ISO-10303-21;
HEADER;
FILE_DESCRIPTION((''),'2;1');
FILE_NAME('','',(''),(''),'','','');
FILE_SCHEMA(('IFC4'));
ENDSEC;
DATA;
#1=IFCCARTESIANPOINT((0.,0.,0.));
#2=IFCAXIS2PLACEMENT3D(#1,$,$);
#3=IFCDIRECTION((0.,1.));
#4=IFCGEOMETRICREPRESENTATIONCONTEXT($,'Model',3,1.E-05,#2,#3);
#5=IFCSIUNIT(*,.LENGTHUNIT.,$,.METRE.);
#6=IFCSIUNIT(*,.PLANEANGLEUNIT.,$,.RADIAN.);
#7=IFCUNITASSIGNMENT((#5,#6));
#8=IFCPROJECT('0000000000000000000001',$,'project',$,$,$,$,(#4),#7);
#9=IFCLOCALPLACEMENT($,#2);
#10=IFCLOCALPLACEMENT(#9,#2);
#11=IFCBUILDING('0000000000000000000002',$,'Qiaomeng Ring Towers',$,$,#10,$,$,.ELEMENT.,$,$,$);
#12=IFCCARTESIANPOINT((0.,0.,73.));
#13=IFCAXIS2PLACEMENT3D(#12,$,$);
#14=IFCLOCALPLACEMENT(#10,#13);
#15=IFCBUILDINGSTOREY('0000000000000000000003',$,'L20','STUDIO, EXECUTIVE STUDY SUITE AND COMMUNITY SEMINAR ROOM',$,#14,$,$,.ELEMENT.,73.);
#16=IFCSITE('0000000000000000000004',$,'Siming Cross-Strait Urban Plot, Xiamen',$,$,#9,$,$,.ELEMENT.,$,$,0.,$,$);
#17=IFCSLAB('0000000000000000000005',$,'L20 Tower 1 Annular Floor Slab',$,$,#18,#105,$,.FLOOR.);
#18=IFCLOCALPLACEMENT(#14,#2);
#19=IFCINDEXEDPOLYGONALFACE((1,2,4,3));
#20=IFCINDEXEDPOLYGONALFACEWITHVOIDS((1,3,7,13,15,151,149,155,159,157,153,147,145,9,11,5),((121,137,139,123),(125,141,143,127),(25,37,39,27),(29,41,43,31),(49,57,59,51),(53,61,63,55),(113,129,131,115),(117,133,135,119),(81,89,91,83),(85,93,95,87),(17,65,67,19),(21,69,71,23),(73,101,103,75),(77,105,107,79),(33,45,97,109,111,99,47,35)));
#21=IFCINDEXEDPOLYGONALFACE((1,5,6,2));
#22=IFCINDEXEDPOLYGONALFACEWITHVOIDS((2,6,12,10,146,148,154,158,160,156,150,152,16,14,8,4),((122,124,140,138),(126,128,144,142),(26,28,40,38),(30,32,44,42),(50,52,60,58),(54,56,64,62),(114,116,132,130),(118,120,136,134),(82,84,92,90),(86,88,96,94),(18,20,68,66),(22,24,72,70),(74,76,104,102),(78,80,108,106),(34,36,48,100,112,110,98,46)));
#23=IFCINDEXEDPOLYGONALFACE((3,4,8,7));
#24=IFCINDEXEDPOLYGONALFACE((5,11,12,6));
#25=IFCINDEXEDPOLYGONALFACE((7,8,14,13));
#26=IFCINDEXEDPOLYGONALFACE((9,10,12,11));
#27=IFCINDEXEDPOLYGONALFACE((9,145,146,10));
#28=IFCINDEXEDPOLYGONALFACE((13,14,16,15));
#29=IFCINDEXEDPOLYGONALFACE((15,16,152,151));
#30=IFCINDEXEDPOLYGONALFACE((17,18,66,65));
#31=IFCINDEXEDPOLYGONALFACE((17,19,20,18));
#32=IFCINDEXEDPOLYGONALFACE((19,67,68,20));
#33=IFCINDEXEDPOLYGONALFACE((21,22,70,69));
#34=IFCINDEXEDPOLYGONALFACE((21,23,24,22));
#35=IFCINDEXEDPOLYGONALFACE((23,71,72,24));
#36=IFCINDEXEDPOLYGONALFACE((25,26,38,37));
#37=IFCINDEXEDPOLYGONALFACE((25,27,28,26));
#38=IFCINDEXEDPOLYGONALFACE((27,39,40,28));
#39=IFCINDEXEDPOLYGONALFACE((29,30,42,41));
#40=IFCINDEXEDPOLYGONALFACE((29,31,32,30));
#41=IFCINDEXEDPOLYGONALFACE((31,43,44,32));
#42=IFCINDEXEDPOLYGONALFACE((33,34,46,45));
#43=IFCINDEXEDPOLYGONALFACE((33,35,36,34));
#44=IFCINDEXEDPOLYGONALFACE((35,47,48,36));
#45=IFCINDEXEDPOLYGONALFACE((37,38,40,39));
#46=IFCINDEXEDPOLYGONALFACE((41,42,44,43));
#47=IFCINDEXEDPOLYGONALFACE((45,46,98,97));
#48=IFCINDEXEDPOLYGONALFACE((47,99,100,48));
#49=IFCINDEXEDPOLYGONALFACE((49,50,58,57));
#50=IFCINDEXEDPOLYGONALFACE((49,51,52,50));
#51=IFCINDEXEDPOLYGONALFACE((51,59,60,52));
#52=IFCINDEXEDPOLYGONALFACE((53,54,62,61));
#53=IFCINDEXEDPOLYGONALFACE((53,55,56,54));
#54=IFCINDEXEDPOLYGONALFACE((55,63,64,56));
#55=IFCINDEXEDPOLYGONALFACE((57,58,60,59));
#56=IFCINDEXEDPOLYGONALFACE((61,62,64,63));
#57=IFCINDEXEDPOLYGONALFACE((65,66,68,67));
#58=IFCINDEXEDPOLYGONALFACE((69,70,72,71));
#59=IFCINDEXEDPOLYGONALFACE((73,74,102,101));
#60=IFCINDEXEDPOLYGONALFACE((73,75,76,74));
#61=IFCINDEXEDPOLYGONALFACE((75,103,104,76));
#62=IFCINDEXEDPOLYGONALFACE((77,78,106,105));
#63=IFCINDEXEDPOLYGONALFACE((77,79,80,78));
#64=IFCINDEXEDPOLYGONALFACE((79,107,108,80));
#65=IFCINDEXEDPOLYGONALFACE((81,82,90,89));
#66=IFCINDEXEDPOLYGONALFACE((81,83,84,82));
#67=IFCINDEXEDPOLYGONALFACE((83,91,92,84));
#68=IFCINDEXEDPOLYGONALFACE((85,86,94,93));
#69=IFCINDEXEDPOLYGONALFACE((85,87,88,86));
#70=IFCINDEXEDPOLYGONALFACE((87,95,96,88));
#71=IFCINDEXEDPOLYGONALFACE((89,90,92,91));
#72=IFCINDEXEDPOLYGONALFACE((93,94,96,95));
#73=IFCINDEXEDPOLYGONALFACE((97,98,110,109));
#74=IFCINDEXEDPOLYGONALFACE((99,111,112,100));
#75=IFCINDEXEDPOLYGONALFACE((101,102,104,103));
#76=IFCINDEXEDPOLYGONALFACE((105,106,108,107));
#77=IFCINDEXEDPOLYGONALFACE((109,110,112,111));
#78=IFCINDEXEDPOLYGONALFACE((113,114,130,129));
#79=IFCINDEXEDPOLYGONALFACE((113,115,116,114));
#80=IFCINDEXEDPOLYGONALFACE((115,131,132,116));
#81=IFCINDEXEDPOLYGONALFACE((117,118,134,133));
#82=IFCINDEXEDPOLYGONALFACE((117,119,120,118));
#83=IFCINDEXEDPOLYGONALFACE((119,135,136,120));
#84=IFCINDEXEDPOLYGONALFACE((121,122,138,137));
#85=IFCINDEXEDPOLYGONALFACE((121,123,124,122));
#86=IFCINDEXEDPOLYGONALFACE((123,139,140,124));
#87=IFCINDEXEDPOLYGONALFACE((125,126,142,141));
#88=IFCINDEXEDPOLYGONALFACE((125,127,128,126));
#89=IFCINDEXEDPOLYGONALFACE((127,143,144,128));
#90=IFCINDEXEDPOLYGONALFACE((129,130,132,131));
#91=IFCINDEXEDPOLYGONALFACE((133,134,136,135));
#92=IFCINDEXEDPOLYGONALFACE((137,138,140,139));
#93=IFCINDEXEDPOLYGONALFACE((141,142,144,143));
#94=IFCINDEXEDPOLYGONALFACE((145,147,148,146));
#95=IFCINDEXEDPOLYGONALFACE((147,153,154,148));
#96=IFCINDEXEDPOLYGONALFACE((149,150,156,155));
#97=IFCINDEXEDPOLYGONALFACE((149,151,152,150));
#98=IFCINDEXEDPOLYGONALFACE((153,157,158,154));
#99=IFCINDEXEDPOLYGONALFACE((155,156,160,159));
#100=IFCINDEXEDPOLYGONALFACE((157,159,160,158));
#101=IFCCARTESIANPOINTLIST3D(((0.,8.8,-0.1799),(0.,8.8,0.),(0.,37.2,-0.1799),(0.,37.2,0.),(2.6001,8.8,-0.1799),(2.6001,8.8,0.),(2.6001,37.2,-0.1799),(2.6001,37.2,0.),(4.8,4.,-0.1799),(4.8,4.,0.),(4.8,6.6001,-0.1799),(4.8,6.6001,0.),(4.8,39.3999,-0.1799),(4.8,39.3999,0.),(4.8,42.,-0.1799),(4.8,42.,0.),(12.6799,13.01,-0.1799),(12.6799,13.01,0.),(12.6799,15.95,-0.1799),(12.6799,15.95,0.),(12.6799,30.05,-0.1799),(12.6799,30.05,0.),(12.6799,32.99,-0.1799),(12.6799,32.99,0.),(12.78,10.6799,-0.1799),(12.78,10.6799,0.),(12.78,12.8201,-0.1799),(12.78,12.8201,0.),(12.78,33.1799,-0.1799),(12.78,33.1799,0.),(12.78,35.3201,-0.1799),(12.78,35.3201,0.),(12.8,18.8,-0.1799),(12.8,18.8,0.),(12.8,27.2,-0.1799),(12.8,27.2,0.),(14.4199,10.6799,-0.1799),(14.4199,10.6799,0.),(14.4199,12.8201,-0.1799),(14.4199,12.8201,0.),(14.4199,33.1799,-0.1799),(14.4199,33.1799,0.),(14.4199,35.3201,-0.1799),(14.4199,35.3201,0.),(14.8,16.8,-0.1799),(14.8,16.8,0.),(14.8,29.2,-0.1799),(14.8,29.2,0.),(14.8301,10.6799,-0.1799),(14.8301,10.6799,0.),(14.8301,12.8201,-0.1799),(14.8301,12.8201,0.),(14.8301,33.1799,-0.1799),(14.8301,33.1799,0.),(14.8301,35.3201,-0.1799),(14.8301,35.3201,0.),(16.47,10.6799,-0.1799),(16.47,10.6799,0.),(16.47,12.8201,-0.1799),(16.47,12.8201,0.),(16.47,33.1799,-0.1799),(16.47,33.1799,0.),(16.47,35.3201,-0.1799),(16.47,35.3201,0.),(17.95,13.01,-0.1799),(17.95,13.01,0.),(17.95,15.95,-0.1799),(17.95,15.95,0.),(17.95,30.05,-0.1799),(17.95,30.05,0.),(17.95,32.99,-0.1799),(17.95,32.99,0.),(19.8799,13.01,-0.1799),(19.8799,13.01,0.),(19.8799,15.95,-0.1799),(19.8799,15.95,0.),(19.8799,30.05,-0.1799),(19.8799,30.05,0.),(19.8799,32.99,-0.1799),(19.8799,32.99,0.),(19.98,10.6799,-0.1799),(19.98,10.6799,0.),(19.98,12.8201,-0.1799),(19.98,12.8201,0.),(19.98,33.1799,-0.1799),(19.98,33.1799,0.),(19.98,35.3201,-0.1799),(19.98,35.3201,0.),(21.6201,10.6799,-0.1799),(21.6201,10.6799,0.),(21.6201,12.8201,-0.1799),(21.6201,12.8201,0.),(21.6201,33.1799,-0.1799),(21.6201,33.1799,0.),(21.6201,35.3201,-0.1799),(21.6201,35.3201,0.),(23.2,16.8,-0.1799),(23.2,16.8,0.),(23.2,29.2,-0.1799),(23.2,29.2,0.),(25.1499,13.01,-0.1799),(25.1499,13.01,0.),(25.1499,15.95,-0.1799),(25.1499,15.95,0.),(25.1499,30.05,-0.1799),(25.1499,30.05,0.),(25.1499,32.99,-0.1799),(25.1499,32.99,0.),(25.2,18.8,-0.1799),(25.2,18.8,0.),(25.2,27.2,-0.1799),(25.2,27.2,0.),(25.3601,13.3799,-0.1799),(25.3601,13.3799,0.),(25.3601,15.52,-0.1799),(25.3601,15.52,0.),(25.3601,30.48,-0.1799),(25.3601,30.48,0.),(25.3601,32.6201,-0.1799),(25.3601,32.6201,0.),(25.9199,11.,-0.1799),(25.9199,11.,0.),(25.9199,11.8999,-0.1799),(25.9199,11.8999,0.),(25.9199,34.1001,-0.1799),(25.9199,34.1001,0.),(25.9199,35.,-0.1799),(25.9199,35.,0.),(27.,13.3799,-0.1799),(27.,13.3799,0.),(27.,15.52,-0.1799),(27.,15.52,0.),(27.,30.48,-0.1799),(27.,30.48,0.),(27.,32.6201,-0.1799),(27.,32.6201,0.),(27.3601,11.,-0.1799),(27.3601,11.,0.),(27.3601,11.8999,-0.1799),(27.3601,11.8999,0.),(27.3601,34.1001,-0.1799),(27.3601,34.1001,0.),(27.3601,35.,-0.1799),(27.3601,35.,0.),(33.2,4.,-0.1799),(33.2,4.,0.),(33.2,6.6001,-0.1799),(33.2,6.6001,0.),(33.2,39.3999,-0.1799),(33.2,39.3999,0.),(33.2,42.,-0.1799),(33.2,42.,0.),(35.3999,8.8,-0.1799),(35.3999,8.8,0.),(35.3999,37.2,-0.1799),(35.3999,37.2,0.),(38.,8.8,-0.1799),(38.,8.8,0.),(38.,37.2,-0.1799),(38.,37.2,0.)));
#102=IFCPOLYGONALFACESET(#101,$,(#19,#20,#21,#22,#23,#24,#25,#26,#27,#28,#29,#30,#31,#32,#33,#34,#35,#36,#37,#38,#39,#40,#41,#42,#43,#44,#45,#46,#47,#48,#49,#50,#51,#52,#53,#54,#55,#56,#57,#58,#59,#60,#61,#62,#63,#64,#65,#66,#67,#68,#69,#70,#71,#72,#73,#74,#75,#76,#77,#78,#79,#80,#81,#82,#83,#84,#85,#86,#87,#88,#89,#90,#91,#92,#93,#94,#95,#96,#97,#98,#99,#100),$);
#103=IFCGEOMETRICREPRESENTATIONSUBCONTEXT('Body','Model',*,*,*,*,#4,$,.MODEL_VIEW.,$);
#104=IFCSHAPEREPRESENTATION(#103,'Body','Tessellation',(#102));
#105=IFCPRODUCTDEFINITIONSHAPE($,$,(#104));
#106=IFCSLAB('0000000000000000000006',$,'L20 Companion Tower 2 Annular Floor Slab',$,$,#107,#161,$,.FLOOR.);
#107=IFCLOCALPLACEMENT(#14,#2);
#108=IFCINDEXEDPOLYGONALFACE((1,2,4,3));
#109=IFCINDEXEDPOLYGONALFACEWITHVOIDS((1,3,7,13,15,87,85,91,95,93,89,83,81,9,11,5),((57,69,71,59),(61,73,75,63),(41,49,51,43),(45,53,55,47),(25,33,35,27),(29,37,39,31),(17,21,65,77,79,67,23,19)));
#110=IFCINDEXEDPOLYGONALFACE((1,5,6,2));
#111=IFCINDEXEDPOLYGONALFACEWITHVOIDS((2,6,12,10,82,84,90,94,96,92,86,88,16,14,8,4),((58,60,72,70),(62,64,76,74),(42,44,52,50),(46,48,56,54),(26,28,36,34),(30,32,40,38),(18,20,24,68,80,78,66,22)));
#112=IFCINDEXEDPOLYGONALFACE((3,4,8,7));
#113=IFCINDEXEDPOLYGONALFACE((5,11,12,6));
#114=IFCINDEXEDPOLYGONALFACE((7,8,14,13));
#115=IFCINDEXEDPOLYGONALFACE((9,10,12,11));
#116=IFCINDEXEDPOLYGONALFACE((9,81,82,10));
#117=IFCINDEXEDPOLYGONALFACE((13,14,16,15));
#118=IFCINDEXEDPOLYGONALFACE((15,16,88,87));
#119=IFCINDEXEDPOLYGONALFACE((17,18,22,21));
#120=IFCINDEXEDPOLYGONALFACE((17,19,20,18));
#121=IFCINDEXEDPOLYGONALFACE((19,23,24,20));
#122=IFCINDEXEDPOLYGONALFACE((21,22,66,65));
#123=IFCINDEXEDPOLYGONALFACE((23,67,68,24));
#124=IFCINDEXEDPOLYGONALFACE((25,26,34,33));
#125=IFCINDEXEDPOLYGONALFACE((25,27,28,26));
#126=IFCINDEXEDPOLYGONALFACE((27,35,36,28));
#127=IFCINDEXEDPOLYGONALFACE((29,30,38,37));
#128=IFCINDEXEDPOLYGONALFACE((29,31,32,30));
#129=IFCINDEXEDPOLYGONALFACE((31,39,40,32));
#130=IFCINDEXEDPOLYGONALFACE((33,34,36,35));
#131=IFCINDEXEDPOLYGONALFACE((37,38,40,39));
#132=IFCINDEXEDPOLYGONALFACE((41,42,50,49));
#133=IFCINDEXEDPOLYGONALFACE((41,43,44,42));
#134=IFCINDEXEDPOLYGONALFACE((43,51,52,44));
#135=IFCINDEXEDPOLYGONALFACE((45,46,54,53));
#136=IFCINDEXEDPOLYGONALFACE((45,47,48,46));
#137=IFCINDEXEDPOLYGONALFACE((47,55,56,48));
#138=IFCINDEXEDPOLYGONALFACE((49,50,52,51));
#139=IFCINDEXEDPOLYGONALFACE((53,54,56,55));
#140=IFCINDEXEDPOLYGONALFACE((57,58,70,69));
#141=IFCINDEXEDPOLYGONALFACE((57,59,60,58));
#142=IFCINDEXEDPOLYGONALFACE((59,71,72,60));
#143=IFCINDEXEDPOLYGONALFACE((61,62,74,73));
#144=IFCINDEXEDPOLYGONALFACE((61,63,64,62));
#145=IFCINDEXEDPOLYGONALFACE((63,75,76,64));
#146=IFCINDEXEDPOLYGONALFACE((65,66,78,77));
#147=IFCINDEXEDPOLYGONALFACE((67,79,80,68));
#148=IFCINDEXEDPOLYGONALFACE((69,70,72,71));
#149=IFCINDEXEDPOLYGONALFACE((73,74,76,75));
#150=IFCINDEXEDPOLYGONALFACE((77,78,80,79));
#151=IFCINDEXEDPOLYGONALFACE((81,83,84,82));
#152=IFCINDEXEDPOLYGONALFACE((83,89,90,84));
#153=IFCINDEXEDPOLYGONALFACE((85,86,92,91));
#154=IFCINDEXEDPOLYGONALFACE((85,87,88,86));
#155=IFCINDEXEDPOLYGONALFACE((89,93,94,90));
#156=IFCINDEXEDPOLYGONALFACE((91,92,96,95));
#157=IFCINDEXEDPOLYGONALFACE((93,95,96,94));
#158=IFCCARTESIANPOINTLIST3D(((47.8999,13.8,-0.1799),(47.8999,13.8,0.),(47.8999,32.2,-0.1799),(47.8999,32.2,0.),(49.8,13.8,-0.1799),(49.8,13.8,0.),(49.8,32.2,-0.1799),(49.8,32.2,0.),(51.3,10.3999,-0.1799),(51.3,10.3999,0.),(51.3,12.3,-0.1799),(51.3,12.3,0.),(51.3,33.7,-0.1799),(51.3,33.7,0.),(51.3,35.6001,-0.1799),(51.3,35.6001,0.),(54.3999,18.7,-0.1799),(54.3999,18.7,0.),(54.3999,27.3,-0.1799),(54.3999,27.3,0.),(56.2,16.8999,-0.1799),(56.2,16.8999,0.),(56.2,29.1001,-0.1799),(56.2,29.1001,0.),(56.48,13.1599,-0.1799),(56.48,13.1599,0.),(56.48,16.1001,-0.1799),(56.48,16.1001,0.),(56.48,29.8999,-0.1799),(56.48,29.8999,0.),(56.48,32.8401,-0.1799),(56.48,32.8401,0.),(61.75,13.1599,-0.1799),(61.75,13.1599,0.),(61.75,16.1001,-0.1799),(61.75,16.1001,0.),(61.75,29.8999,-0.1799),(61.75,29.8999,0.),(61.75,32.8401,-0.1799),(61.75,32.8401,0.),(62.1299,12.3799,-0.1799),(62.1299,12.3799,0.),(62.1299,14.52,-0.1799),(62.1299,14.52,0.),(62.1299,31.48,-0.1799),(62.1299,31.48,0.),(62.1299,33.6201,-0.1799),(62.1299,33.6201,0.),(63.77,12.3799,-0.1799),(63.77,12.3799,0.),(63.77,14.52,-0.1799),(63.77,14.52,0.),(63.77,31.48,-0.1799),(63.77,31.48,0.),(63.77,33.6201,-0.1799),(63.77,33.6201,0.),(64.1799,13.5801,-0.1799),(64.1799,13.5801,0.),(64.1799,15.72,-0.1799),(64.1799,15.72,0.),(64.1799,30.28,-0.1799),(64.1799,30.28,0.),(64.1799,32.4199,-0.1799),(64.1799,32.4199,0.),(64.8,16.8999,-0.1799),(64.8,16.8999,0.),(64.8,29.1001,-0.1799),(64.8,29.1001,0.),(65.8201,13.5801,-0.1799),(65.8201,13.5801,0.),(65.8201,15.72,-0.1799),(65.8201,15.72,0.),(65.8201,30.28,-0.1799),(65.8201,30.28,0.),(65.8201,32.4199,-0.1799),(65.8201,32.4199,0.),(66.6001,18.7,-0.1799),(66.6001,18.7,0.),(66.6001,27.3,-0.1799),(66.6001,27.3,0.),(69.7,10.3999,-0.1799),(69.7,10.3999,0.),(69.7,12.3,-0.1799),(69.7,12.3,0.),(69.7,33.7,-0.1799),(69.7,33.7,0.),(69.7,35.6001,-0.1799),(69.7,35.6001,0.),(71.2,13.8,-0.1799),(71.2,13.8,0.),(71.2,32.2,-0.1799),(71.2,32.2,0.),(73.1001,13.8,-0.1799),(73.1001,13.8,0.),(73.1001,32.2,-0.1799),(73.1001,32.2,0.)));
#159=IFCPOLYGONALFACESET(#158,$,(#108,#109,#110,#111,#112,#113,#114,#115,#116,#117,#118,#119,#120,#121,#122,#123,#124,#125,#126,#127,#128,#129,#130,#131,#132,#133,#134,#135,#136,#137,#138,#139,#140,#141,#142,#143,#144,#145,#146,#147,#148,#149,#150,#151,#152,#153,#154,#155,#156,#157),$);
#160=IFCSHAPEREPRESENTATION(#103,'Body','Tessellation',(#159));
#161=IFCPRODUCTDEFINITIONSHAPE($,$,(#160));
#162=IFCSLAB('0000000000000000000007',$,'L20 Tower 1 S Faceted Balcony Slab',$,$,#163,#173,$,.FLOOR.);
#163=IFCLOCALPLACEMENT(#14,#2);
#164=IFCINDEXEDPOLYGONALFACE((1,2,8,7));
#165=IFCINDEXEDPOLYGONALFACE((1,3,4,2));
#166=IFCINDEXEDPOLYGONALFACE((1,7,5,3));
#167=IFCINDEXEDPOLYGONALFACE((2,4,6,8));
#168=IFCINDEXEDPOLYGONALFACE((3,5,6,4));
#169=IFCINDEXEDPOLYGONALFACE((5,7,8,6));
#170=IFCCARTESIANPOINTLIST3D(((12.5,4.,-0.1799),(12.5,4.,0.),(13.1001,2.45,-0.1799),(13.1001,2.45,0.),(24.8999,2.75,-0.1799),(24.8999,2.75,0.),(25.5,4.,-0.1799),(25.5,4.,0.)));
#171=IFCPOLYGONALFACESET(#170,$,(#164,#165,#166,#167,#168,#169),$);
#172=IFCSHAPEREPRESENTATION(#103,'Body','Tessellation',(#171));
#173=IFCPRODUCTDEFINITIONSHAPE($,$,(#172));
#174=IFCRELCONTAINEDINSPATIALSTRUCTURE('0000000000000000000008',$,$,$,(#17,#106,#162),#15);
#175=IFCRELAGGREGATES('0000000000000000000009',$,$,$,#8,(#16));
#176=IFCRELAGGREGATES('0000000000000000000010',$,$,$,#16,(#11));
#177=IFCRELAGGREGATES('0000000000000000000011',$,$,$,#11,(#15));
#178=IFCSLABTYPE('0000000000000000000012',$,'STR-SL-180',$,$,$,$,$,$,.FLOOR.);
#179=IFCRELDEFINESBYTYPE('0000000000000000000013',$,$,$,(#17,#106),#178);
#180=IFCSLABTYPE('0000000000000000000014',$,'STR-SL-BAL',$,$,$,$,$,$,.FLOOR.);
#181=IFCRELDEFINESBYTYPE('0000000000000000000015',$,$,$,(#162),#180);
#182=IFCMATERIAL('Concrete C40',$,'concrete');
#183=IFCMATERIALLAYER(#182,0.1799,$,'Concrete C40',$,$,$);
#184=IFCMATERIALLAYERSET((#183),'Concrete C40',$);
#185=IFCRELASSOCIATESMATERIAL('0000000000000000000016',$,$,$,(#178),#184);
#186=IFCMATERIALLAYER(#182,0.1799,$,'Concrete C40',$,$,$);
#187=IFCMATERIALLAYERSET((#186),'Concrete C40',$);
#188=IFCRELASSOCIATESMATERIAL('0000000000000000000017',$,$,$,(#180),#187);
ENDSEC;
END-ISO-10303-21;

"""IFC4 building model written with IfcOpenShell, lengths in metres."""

from ifc_helpers import new_model, si_unit, direction, frame, origin, place, context, subcontext, project, spatial, polyline, outline, extrude, material, layer, layer_set, type_object, element, save


model = new_model("IFC4")

# Units and contexts
model_context = context("Model", 3, precision=1e-05, world=origin(), true_north=direction((0.0, 1.0)))
body_context = subcontext(model_context, "Body", "Model", "MODEL_VIEW")
ifc_project = project(units=[si_unit("LENGTHUNIT", "METRE"), si_unit("PLANEANGLEUNIT", "RADIAN")], contexts=[model_context])

# Site, building, storey
site_placement = place(None, origin())
site = spatial("IfcSite", under=ifc_project, at=site_placement, Name="Siming Cross-Strait Urban Plot, Xiamen", CompositionType="ELEMENT", RefElevation=0.0)
building_placement = place(site_placement, origin())
building = spatial("IfcBuilding", under=site, at=building_placement, Name="Qiaomeng Ring Towers", CompositionType="ELEMENT")
storey_placement = place(building_placement, frame((0.0, 0.0, 73.0)))
storey = spatial("IfcBuildingStorey", under=building, at=storey_placement, Name="L20", Description="STUDIO, EXECUTIVE STUDY SUITE AND COMMUNITY SEMINAR ROOM", CompositionType="ELEMENT", Elevation=73.0)

# Slabs
ifc_material_1 = material(Name="Concrete C40", Category="concrete")
ifc_layer_1 = layer(ifc_material_1, 0.1799, Name="Concrete C40")
ifc_layer_set_1 = layer_set([ifc_layer_1], Name="Concrete C40")
slab_type_1 = type_object("IfcSlabType", Name="STR-SL-180", PredefinedType="FLOOR", material=ifc_layer_set_1)
slab_1_placement = place(storey_placement, frame((0.0, 0.0, -0.1799)))
element("IfcSlab", 1, at=slab_1_placement, inside=storey, type_object=slab_type_1, Name="L20 Tower 1 Annular Floor Slab", PredefinedType="FLOOR", context=body_context, shape_type="SweptSolid", body=[
    extrude(outline(polyline([(4.8, 4.0), (33.2, 4.0), (33.2, 6.6001), (35.3999, 8.8), (38.0, 8.8), (38.0, 37.2), (35.3999, 37.2), (33.2, 39.3999), (33.2, 42.0), (4.8, 42.0), (4.8, 39.3999), (2.6001, 37.2), (0.0, 37.2), (0.0, 8.8), (2.6001, 8.8), (4.8, 6.6001), (4.8, 4.0)]), holes=[polyline([(12.78, 10.6799), (12.78, 12.8201), (14.4199, 12.8201), (14.4199, 10.6799), (12.78, 10.6799)]), polyline([(14.8301, 12.8201), (16.47, 12.8201), (16.47, 10.6799), (14.8301, 10.6799), (14.8301, 12.8201)]), polyline([(12.6799, 15.95), (17.95, 15.95), (17.95, 13.01), (12.6799, 13.01), (12.6799, 15.95)]), polyline([(25.2, 27.2), (25.2, 18.8), (23.2, 16.8), (14.8, 16.8), (12.8, 18.8), (12.8, 27.2), (14.8, 29.2), (23.2, 29.2), (25.2, 27.2)]), polyline([(12.6799, 32.99), (17.95, 32.99), (17.95, 30.05), (12.6799, 30.05), (12.6799, 32.99)]), polyline([(12.78, 35.3201), (14.4199, 35.3201), (14.4199, 33.1799), (12.78, 33.1799), (12.78, 35.3201)]), polyline([(14.8301, 35.3201), (16.47, 35.3201), (16.47, 33.1799), (14.8301, 33.1799), (14.8301, 35.3201)]), polyline([(19.98, 35.3201), (21.6201, 35.3201), (21.6201, 33.1799), (19.98, 33.1799), (19.98, 35.3201)]), polyline([(25.9199, 11.8999), (27.3601, 11.8999), (27.3601, 11.0), (25.9199, 11.0), (25.9199, 11.8999)]), polyline([(19.98, 12.8201), (21.6201, 12.8201), (21.6201, 10.6799), (19.98, 10.6799), (19.98, 12.8201)]), polyline([(25.3601, 15.52), (27.0, 15.52), (27.0, 13.3799), (25.3601, 13.3799), (25.3601, 15.52)]), polyline([(19.8799, 15.95), (25.1499, 15.95), (25.1499, 13.01), (19.8799, 13.01), (19.8799, 15.95)]), polyline([(19.8799, 32.99), (25.1499, 32.99), (25.1499, 30.05), (19.8799, 30.05), (19.8799, 32.99)]), polyline([(25.3601, 32.6201), (27.0, 32.6201), (27.0, 30.48), (25.3601, 30.48), (25.3601, 32.6201)]), polyline([(25.9199, 35.0), (27.3601, 35.0), (27.3601, 34.1001), (25.9199, 34.1001), (25.9199, 35.0)])]), origin(), (0.0, 0.0, 1.0), 0.1799),
])
slab_2_placement = place(storey_placement, frame((0.0, 0.0, -0.1799)))
element("IfcSlab", 2, at=slab_2_placement, inside=storey, type_object=slab_type_1, Name="L20 Companion Tower 2 Annular Floor Slab", PredefinedType="FLOOR", context=body_context, shape_type="SweptSolid", body=[
    extrude(outline(polyline([(51.3, 10.3999), (69.7, 10.3999), (69.7, 12.3), (71.2, 13.8), (73.1001, 13.8), (73.1001, 32.2), (71.2, 32.2), (69.7, 33.7), (69.7, 35.6001), (51.3, 35.6001), (51.3, 33.7), (49.8, 32.2), (47.8999, 32.2), (47.8999, 13.8), (49.8, 13.8), (51.3, 12.3), (51.3, 10.3999)]), holes=[polyline([(62.1299, 12.3799), (62.1299, 14.52), (63.77, 14.52), (63.77, 12.3799), (62.1299, 12.3799)]), polyline([(56.48, 13.1599), (56.48, 16.1001), (61.75, 16.1001), (61.75, 13.1599), (56.48, 13.1599)]), polyline([(64.1799, 13.5801), (64.1799, 15.72), (65.8201, 15.72), (65.8201, 13.5801), (64.1799, 13.5801)]), polyline([(64.8, 29.1001), (66.6001, 27.3), (66.6001, 18.7), (64.8, 16.8999), (56.2, 16.8999), (54.3999, 18.7), (54.3999, 27.3), (56.2, 29.1001), (64.8, 29.1001)]), polyline([(64.1799, 30.28), (64.1799, 32.4199), (65.8201, 32.4199), (65.8201, 30.28), (64.1799, 30.28)]), polyline([(56.48, 32.8401), (61.75, 32.8401), (61.75, 29.8999), (56.48, 29.8999), (56.48, 32.8401)]), polyline([(62.1299, 33.6201), (63.77, 33.6201), (63.77, 31.48), (62.1299, 31.48), (62.1299, 33.6201)])]), origin(), (0.0, 0.0, 1.0), 0.1799),
])
ifc_layer_2 = layer(ifc_material_1, 0.1799, Name="Concrete C40")
ifc_layer_set_2 = layer_set([ifc_layer_2], Name="Concrete C40")
slab_type_2 = type_object("IfcSlabType", Name="STR-SL-BAL", PredefinedType="FLOOR", material=ifc_layer_set_2)
slab_3_placement = place(storey_placement, frame((0.0, 0.0, -0.1799)))
element("IfcSlab", 3, at=slab_3_placement, inside=storey, type_object=slab_type_2, Name="L20 Tower 1 S Faceted Balcony Slab", PredefinedType="FLOOR", context=body_context, shape_type="SweptSolid", body=[
    extrude(outline(polyline([(24.8999, 2.75), (13.1001, 2.45), (12.5, 4.0), (25.5, 4.0), (24.8999, 2.75)])), origin(), (0.0, 0.0, 1.0), 0.1799),
])

save(model, "model.ifc")
